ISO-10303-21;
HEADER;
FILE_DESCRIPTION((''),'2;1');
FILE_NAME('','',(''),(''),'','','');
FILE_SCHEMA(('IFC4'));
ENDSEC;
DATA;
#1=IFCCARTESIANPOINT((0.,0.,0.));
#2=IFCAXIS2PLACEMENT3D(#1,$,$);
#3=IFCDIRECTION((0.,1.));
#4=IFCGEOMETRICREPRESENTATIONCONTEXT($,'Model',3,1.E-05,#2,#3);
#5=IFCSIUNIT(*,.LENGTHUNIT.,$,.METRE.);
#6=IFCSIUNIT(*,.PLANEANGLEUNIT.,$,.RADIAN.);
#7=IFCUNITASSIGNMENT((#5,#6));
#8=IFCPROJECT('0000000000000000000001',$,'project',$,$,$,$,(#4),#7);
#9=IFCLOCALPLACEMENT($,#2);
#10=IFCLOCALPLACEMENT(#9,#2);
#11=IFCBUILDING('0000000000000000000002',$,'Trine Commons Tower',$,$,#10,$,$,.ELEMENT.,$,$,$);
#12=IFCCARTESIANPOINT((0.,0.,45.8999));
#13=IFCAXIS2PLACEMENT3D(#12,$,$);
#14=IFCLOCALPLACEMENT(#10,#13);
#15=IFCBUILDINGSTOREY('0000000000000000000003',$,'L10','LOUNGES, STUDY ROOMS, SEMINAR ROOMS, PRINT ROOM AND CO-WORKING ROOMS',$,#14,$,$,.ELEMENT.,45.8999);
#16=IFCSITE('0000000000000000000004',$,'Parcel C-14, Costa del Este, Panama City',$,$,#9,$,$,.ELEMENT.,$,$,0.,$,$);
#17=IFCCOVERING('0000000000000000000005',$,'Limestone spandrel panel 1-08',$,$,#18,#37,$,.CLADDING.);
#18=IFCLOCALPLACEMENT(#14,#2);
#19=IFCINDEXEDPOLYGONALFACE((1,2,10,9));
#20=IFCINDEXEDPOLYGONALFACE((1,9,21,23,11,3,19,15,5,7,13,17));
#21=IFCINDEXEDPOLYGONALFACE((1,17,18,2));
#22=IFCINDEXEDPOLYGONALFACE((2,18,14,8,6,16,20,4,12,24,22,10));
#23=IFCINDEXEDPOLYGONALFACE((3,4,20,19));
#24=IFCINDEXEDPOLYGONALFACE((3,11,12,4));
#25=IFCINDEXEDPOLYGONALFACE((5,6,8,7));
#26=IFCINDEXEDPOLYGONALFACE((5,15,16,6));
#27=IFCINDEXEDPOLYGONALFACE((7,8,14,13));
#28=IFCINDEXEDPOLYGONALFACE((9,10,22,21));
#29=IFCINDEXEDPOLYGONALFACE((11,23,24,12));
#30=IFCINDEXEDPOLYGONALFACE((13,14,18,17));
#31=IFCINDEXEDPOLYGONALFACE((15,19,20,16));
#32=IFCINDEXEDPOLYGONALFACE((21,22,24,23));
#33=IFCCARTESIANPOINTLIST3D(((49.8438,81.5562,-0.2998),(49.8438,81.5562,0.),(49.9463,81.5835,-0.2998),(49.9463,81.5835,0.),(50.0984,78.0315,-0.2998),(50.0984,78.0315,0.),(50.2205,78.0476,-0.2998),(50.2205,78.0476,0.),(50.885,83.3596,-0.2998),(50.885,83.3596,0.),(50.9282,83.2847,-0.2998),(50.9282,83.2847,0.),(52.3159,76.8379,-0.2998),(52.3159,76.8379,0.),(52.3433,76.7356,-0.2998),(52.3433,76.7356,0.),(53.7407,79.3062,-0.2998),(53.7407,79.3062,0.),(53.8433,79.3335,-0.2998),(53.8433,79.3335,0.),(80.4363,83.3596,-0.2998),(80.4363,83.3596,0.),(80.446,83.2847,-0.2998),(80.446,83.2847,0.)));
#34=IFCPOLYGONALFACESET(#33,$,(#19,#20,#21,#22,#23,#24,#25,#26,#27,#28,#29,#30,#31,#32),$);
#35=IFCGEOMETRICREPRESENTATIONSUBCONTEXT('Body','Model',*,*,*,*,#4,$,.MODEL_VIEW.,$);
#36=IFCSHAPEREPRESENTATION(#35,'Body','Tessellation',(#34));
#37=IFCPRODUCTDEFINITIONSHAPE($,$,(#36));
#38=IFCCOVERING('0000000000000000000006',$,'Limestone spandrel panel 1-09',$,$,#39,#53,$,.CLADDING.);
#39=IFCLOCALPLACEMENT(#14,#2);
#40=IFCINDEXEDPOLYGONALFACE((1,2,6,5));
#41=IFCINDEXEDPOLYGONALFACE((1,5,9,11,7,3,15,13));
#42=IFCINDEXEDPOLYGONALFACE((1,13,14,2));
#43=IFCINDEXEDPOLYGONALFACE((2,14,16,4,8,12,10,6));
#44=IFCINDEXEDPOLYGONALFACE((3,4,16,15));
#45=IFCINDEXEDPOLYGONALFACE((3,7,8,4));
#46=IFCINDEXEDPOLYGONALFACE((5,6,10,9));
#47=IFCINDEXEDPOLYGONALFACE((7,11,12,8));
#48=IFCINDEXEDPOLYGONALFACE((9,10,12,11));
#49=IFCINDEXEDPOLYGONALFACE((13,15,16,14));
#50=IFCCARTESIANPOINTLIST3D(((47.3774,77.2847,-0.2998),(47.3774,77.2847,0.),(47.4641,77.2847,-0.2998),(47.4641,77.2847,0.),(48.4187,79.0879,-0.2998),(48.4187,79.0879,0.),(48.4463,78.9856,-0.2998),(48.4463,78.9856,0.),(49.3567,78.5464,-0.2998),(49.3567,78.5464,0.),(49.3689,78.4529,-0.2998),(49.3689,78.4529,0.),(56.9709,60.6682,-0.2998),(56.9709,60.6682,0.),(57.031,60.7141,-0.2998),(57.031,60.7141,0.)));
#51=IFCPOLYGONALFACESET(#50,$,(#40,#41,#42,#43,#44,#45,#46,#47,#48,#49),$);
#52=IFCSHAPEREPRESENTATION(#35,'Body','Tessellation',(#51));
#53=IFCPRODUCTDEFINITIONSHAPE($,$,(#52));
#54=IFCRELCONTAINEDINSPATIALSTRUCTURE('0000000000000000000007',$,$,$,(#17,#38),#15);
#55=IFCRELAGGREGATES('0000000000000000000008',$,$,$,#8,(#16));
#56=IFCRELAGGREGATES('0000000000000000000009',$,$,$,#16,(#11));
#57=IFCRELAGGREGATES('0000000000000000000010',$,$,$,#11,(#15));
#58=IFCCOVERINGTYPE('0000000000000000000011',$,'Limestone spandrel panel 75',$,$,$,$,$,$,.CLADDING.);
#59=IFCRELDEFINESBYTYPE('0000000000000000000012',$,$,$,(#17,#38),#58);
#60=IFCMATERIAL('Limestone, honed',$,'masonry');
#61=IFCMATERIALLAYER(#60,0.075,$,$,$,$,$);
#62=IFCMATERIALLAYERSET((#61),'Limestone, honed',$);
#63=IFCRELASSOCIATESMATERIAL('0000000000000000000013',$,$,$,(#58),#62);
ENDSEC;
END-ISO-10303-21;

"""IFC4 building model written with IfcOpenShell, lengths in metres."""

from ifc_helpers import new_model, si_unit, direction, frame, origin, place, context, subcontext, project, spatial, polyline, outline, extrude, material, layer, layer_set, type_object, element, save


model = new_model("IFC4")

# Units and contexts
model_context = context("Model", 3, precision=1e-05, world=origin(), true_north=direction((0.0, 1.0)))
body_context = subcontext(model_context, "Body", "Model", "MODEL_VIEW")
ifc_project = project(units=[si_unit("LENGTHUNIT", "METRE"), si_unit("PLANEANGLEUNIT", "RADIAN")], contexts=[model_context])

# Site, building, storey
site_placement = place(None, origin())
site = spatial("IfcSite", under=ifc_project, at=site_placement, Name="Parcel C-14, Costa del Este, Panama City", CompositionType="ELEMENT", RefElevation=0.0)
building_placement = place(site_placement, origin())
building = spatial("IfcBuilding", under=site, at=building_placement, Name="Trine Commons Tower", CompositionType="ELEMENT")
storey_placement = place(building_placement, frame((0.0, 0.0, 45.8999)))
storey = spatial("IfcBuildingStorey", under=building, at=storey_placement, Name="L10", Description="LOUNGES, STUDY ROOMS, SEMINAR ROOMS, PRINT ROOM AND CO-WORKING ROOMS", CompositionType="ELEMENT", Elevation=45.8999)

# Coverings
ifc_material_1 = material(Name="Limestone, honed", Category="masonry")
ifc_layer_1 = layer(ifc_material_1, 0.075)
ifc_layer_set_1 = layer_set([ifc_layer_1], Name="Limestone, honed")
covering_type_1 = type_object("IfcCoveringType", Name="Limestone spandrel panel 75", PredefinedType="CLADDING", material=ifc_layer_set_1)
covering_1_placement = place(storey_placement, frame((0.0, 0.0, -0.2998)))
element("IfcCovering", 1, at=covering_1_placement, inside=storey, type_object=covering_type_1, Name="Limestone spandrel panel 1-08", PredefinedType="CLADDING", context=body_context, shape_type="SweptSolid", body=[
    extrude(outline(polyline([(52.3159, 76.8379), (50.2205, 78.0476), (50.0984, 78.0315), (52.3433, 76.7356), (53.8433, 79.3335), (49.9463, 81.5835), (50.9282, 83.2847), (80.446, 83.2847), (80.4363, 83.3596), (50.885, 83.3596), (49.8438, 81.5562), (53.7407, 79.3062), (52.3159, 76.8379)])), origin(), (0.0, 0.0, 1.0), 0.2998),
])
covering_2_placement = place(storey_placement, frame((0.0, 0.0, -0.2998)))
element("IfcCovering", 2, at=covering_2_placement, inside=storey, type_object=covering_type_1, Name="Limestone spandrel panel 1-09", PredefinedType="CLADDING", context=body_context, shape_type="SweptSolid", body=[
    extrude(outline(polyline([(47.3774, 77.2847), (56.9709, 60.6682), (57.031, 60.7141), (47.4641, 77.2847), (48.4463, 78.9856), (49.3689, 78.4529), (49.3567, 78.5464), (48.4187, 79.0879), (47.3774, 77.2847)])), origin(), (0.0, 0.0, 1.0), 0.2998),
])

save(model, "model.ifc")
